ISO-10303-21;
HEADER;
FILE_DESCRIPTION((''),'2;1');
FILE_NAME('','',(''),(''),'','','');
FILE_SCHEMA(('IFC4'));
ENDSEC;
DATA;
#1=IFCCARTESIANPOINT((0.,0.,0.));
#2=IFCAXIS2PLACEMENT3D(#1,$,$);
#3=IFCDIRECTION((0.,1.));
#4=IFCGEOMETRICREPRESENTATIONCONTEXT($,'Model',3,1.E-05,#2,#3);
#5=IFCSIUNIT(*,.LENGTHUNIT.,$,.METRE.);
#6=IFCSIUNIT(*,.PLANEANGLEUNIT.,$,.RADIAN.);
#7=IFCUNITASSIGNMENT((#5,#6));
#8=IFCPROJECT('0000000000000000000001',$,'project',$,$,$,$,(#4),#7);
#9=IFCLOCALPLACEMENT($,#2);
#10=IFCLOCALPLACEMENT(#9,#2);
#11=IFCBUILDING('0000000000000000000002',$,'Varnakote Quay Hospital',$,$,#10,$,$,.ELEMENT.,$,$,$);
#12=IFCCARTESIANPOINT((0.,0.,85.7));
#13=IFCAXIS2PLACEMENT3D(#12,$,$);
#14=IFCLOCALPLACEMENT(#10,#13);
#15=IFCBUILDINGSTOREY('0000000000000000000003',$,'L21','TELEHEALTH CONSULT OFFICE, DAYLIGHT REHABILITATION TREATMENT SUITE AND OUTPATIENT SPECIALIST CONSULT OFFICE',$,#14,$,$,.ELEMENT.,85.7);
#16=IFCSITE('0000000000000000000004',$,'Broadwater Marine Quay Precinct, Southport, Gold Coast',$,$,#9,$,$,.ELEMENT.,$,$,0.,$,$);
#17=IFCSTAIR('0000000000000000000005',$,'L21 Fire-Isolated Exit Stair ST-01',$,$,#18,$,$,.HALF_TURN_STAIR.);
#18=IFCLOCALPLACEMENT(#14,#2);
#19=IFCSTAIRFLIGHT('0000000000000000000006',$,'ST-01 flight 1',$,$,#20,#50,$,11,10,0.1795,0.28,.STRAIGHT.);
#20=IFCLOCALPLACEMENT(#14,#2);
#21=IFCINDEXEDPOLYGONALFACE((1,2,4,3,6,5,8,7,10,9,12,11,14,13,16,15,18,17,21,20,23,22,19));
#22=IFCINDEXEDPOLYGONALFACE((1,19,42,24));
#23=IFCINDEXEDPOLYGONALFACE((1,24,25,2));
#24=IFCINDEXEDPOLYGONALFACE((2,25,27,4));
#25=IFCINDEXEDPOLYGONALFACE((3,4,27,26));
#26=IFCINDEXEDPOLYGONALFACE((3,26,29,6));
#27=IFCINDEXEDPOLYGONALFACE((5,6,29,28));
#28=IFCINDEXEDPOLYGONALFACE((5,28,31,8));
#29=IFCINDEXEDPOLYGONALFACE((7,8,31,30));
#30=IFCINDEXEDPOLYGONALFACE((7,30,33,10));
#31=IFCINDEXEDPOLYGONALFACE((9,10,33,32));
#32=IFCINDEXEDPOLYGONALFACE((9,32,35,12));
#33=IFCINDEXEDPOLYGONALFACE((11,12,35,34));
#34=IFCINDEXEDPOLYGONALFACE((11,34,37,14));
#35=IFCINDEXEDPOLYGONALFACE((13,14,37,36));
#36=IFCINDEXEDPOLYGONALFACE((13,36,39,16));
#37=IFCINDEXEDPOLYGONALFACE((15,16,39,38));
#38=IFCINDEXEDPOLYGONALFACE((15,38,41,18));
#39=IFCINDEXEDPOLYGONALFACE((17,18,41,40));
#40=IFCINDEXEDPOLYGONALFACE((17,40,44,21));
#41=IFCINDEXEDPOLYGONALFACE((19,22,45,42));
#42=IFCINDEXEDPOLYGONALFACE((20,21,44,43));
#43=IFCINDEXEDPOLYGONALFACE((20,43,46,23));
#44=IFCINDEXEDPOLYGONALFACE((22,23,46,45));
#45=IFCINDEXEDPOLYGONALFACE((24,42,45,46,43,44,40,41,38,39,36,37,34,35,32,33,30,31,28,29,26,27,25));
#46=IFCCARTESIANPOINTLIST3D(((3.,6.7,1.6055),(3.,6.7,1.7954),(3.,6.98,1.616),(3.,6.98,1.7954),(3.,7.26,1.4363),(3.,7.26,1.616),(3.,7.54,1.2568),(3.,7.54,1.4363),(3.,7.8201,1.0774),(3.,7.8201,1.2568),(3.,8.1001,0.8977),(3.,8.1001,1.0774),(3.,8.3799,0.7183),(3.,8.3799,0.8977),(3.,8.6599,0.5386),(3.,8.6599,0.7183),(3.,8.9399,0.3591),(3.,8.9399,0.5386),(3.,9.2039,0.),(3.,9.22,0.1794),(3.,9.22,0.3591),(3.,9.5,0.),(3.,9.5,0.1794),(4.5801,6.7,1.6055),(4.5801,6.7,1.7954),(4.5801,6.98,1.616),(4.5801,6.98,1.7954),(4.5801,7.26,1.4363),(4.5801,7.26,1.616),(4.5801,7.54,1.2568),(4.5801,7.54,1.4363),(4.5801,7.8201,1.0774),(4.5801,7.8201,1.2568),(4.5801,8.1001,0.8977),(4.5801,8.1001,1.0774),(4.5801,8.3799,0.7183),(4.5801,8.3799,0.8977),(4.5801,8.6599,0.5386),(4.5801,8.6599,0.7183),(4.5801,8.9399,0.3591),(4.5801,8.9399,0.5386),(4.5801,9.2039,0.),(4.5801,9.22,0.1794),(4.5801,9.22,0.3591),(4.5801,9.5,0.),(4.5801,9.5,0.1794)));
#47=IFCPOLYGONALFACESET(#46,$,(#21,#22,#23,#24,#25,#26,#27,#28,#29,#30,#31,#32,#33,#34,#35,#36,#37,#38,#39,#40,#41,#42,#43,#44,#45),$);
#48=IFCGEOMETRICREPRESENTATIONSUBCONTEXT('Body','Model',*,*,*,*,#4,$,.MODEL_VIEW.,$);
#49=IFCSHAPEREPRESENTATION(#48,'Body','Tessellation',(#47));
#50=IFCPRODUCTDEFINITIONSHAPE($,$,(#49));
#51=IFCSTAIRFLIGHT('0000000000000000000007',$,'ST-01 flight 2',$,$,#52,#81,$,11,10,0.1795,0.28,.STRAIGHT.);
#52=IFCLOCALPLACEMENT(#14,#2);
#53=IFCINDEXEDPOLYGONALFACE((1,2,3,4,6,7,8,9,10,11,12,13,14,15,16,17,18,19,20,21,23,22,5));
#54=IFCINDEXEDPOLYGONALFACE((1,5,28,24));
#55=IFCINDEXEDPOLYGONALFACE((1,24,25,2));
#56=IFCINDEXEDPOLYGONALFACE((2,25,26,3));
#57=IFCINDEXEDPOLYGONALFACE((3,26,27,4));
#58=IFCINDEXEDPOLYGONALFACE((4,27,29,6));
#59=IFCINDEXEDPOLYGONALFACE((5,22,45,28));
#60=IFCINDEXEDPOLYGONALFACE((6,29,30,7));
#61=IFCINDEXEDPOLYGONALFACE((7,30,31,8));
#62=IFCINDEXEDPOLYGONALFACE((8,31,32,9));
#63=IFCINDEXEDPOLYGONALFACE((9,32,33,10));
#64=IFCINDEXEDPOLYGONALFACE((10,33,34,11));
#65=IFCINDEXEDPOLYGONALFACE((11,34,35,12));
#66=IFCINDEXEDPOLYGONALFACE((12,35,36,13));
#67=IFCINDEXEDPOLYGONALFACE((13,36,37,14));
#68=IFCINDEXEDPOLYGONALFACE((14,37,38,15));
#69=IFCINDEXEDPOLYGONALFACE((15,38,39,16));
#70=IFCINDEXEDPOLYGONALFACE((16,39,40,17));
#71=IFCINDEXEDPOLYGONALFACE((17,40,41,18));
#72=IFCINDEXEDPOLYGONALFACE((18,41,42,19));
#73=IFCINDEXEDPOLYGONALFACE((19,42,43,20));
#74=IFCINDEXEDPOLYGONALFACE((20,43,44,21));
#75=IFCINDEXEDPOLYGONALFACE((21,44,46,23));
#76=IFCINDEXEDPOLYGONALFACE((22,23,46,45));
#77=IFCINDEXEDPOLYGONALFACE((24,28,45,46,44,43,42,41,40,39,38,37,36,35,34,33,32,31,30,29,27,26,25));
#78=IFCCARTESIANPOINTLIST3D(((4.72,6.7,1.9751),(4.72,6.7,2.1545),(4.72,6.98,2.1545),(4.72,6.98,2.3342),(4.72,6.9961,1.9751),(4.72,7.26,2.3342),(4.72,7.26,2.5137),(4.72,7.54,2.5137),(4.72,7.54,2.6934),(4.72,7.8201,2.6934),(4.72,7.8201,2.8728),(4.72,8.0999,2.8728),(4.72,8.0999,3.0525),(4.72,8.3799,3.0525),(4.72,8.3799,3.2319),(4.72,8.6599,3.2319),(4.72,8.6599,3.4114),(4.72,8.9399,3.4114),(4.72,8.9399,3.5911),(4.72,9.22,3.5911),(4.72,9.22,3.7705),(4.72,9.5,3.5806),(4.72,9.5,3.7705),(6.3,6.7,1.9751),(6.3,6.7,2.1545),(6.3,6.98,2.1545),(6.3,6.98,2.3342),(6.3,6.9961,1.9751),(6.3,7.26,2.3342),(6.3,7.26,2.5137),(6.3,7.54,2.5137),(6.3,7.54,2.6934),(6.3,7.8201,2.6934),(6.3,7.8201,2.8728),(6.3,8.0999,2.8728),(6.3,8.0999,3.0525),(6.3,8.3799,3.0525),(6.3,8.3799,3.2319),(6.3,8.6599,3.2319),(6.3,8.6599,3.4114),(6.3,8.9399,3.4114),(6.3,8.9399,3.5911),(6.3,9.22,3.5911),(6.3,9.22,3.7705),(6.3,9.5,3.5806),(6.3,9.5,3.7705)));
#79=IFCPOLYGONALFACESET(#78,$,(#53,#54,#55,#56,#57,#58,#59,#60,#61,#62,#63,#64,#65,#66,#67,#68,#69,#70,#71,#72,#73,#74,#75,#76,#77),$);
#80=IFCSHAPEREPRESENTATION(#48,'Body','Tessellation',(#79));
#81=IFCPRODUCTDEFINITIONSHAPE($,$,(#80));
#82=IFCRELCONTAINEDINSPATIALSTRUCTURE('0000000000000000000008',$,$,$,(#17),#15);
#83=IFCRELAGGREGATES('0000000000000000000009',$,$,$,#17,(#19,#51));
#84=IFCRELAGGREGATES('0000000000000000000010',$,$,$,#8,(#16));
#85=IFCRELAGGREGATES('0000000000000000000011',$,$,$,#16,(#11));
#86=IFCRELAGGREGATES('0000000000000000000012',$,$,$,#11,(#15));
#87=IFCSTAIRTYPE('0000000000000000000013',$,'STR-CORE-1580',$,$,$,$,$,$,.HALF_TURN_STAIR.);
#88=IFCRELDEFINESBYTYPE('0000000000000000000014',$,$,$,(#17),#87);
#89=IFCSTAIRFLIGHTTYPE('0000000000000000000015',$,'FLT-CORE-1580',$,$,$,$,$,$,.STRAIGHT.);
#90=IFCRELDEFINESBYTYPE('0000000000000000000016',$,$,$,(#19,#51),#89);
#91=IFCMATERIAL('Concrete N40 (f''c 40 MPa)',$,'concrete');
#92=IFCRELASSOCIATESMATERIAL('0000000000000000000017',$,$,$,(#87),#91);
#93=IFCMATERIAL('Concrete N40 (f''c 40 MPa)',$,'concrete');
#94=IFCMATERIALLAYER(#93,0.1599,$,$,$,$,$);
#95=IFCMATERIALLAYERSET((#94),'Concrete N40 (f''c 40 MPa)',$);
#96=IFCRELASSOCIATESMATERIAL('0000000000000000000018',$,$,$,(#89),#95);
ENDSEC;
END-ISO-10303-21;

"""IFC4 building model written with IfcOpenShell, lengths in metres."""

from ifc_helpers import new_model, si_unit, direction, frame, origin, place, context, subcontext, project, spatial, polyline, outline, extrude, material, layer, layer_set, type_object, element, aggregate, save


model = new_model("IFC4")

# Units and contexts
model_context = context("Model", 3, precision=1e-05, world=origin(), true_north=direction((0.0, 1.0)))
body_context = subcontext(model_context, "Body", "Model", "MODEL_VIEW")
ifc_project = project(units=[si_unit("LENGTHUNIT", "METRE"), si_unit("PLANEANGLEUNIT", "RADIAN")], contexts=[model_context])

# Site, building, storey
site_placement = place(None, origin())
site = spatial("IfcSite", under=ifc_project, at=site_placement, Name="Broadwater Marine Quay Precinct, Southport, Gold Coast", CompositionType="ELEMENT", RefElevation=0.0)
building_placement = place(site_placement, origin())
building = spatial("IfcBuilding", under=site, at=building_placement, Name="Varnakote Quay Hospital", CompositionType="ELEMENT")
storey_placement = place(building_placement, frame((0.0, 0.0, 85.7)))
storey = spatial("IfcBuildingStorey", under=building, at=storey_placement, Name="L21", Description="TELEHEALTH CONSULT OFFICE, DAYLIGHT REHABILITATION TREATMENT SUITE AND OUTPATIENT SPECIALIST CONSULT OFFICE", CompositionType="ELEMENT", Elevation=85.7)

# Stair, stair flights
ifc_material_1 = material(Name="Concrete N40 (f'c 40 MPa)", Category="concrete")
stair_type = type_object("IfcStairType", Name="STR-CORE-1580", PredefinedType="HALF_TURN_STAIR", material=ifc_material_1)
stair_placement = place(storey_placement, origin())
stair = element("IfcStair", 1, at=stair_placement, inside=storey, type_object=stair_type, Name="L21 Fire-Isolated Exit Stair ST-01", PredefinedType="HALF_TURN_STAIR")
ifc_material_2 = material(Name="Concrete N40 (f'c 40 MPa)", Category="concrete")
ifc_layer_1 = layer(ifc_material_2, 0.1599)
ifc_layer_set_1 = layer_set([ifc_layer_1], Name="Concrete N40 (f'c 40 MPa)")
stair_flight_type = type_object("IfcStairFlightType", Name="FLT-CORE-1580", PredefinedType="STRAIGHT", material=ifc_layer_set_1)
stair_flight_1_placement = place(storey_placement, frame((3.79, 9.5, 0.0), z_axis=(0.0, 0.0, 1.0), x_axis=(0.0, -1.0, 0.0)))
stair_flight_1 = element("IfcStairFlight", 2, at=stair_flight_1_placement, type_object=stair_flight_type, Name="ST-01 flight 1", NumberOfRisers=11, NumberOfTreads=10, PredefinedType="STRAIGHT", RiserHeight=0.1795, TreadLength=0.28, context=body_context, shape_type="SweptSolid", body=[
    extrude(outline(polyline([(0.0, 0.0), (0.0, 0.1794), (0.28, 0.1794), (0.28, 0.3591), (0.5601, 0.3591), (0.5601, 0.5386), (0.8401, 0.5386), (0.8401, 0.7183), (1.1201, 0.7183), (1.1201, 0.8977), (1.3999, 0.8977), (1.3999, 1.0774), (1.6799, 1.0774), (1.6799, 1.2568), (1.96, 1.2568), (1.96, 1.4363), (2.24, 1.4363), (2.24, 1.616), (2.52, 1.616), (2.52, 1.7954), (2.8, 1.7954), (2.8, 1.9751), (2.8, 1.6055), (0.2961, 0.0), (0.0, 0.0)])), frame((0.0, 0.79, 0.0), z_axis=(0.0, -1.0, 0.0), x_axis=(1.0, 0.0, 0.0)), (0.0, 0.0, 1.0), 1.5801),
])
stair_flight_2_placement = place(storey_placement, frame((5.51, 6.7, 1.9751), z_axis=(0.0, 0.0, 1.0), x_axis=(0.0, 1.0, 0.0)))
stair_flight_2 = element("IfcStairFlight", 3, at=stair_flight_2_placement, type_object=stair_flight_type, Name="ST-01 flight 2", NumberOfRisers=11, NumberOfTreads=10, PredefinedType="STRAIGHT", RiserHeight=0.1795, TreadLength=0.28, context=body_context, shape_type="SweptSolid", body=[
    extrude(outline(polyline([(0.0, 0.0), (0.0, 0.1794), (0.28, 0.1794), (0.28, 0.3591), (0.5601, 0.3591), (0.5601, 0.5386), (0.8401, 0.5386), (0.8401, 0.7183), (1.1201, 0.7183), (1.1201, 0.8977), (1.3999, 0.8977), (1.3999, 1.0774), (1.6799, 1.0774), (1.6799, 1.2568), (1.96, 1.2568), (1.96, 1.4363), (2.24, 1.4363), (2.24, 1.616), (2.52, 1.616), (2.52, 1.7954), (2.8, 1.7954), (2.8, 1.9751), (2.8, 1.6055), (0.2961, 0.0), (0.0, 0.0)])), frame((0.0, 0.79, 0.0), z_axis=(0.0, -1.0, 0.0), x_axis=(1.0, 0.0, 0.0)), (0.0, 0.0, 1.0), 1.5801),
])
aggregate(stair, [stair_flight_1, stair_flight_2])

save(model, "model.ifc")
